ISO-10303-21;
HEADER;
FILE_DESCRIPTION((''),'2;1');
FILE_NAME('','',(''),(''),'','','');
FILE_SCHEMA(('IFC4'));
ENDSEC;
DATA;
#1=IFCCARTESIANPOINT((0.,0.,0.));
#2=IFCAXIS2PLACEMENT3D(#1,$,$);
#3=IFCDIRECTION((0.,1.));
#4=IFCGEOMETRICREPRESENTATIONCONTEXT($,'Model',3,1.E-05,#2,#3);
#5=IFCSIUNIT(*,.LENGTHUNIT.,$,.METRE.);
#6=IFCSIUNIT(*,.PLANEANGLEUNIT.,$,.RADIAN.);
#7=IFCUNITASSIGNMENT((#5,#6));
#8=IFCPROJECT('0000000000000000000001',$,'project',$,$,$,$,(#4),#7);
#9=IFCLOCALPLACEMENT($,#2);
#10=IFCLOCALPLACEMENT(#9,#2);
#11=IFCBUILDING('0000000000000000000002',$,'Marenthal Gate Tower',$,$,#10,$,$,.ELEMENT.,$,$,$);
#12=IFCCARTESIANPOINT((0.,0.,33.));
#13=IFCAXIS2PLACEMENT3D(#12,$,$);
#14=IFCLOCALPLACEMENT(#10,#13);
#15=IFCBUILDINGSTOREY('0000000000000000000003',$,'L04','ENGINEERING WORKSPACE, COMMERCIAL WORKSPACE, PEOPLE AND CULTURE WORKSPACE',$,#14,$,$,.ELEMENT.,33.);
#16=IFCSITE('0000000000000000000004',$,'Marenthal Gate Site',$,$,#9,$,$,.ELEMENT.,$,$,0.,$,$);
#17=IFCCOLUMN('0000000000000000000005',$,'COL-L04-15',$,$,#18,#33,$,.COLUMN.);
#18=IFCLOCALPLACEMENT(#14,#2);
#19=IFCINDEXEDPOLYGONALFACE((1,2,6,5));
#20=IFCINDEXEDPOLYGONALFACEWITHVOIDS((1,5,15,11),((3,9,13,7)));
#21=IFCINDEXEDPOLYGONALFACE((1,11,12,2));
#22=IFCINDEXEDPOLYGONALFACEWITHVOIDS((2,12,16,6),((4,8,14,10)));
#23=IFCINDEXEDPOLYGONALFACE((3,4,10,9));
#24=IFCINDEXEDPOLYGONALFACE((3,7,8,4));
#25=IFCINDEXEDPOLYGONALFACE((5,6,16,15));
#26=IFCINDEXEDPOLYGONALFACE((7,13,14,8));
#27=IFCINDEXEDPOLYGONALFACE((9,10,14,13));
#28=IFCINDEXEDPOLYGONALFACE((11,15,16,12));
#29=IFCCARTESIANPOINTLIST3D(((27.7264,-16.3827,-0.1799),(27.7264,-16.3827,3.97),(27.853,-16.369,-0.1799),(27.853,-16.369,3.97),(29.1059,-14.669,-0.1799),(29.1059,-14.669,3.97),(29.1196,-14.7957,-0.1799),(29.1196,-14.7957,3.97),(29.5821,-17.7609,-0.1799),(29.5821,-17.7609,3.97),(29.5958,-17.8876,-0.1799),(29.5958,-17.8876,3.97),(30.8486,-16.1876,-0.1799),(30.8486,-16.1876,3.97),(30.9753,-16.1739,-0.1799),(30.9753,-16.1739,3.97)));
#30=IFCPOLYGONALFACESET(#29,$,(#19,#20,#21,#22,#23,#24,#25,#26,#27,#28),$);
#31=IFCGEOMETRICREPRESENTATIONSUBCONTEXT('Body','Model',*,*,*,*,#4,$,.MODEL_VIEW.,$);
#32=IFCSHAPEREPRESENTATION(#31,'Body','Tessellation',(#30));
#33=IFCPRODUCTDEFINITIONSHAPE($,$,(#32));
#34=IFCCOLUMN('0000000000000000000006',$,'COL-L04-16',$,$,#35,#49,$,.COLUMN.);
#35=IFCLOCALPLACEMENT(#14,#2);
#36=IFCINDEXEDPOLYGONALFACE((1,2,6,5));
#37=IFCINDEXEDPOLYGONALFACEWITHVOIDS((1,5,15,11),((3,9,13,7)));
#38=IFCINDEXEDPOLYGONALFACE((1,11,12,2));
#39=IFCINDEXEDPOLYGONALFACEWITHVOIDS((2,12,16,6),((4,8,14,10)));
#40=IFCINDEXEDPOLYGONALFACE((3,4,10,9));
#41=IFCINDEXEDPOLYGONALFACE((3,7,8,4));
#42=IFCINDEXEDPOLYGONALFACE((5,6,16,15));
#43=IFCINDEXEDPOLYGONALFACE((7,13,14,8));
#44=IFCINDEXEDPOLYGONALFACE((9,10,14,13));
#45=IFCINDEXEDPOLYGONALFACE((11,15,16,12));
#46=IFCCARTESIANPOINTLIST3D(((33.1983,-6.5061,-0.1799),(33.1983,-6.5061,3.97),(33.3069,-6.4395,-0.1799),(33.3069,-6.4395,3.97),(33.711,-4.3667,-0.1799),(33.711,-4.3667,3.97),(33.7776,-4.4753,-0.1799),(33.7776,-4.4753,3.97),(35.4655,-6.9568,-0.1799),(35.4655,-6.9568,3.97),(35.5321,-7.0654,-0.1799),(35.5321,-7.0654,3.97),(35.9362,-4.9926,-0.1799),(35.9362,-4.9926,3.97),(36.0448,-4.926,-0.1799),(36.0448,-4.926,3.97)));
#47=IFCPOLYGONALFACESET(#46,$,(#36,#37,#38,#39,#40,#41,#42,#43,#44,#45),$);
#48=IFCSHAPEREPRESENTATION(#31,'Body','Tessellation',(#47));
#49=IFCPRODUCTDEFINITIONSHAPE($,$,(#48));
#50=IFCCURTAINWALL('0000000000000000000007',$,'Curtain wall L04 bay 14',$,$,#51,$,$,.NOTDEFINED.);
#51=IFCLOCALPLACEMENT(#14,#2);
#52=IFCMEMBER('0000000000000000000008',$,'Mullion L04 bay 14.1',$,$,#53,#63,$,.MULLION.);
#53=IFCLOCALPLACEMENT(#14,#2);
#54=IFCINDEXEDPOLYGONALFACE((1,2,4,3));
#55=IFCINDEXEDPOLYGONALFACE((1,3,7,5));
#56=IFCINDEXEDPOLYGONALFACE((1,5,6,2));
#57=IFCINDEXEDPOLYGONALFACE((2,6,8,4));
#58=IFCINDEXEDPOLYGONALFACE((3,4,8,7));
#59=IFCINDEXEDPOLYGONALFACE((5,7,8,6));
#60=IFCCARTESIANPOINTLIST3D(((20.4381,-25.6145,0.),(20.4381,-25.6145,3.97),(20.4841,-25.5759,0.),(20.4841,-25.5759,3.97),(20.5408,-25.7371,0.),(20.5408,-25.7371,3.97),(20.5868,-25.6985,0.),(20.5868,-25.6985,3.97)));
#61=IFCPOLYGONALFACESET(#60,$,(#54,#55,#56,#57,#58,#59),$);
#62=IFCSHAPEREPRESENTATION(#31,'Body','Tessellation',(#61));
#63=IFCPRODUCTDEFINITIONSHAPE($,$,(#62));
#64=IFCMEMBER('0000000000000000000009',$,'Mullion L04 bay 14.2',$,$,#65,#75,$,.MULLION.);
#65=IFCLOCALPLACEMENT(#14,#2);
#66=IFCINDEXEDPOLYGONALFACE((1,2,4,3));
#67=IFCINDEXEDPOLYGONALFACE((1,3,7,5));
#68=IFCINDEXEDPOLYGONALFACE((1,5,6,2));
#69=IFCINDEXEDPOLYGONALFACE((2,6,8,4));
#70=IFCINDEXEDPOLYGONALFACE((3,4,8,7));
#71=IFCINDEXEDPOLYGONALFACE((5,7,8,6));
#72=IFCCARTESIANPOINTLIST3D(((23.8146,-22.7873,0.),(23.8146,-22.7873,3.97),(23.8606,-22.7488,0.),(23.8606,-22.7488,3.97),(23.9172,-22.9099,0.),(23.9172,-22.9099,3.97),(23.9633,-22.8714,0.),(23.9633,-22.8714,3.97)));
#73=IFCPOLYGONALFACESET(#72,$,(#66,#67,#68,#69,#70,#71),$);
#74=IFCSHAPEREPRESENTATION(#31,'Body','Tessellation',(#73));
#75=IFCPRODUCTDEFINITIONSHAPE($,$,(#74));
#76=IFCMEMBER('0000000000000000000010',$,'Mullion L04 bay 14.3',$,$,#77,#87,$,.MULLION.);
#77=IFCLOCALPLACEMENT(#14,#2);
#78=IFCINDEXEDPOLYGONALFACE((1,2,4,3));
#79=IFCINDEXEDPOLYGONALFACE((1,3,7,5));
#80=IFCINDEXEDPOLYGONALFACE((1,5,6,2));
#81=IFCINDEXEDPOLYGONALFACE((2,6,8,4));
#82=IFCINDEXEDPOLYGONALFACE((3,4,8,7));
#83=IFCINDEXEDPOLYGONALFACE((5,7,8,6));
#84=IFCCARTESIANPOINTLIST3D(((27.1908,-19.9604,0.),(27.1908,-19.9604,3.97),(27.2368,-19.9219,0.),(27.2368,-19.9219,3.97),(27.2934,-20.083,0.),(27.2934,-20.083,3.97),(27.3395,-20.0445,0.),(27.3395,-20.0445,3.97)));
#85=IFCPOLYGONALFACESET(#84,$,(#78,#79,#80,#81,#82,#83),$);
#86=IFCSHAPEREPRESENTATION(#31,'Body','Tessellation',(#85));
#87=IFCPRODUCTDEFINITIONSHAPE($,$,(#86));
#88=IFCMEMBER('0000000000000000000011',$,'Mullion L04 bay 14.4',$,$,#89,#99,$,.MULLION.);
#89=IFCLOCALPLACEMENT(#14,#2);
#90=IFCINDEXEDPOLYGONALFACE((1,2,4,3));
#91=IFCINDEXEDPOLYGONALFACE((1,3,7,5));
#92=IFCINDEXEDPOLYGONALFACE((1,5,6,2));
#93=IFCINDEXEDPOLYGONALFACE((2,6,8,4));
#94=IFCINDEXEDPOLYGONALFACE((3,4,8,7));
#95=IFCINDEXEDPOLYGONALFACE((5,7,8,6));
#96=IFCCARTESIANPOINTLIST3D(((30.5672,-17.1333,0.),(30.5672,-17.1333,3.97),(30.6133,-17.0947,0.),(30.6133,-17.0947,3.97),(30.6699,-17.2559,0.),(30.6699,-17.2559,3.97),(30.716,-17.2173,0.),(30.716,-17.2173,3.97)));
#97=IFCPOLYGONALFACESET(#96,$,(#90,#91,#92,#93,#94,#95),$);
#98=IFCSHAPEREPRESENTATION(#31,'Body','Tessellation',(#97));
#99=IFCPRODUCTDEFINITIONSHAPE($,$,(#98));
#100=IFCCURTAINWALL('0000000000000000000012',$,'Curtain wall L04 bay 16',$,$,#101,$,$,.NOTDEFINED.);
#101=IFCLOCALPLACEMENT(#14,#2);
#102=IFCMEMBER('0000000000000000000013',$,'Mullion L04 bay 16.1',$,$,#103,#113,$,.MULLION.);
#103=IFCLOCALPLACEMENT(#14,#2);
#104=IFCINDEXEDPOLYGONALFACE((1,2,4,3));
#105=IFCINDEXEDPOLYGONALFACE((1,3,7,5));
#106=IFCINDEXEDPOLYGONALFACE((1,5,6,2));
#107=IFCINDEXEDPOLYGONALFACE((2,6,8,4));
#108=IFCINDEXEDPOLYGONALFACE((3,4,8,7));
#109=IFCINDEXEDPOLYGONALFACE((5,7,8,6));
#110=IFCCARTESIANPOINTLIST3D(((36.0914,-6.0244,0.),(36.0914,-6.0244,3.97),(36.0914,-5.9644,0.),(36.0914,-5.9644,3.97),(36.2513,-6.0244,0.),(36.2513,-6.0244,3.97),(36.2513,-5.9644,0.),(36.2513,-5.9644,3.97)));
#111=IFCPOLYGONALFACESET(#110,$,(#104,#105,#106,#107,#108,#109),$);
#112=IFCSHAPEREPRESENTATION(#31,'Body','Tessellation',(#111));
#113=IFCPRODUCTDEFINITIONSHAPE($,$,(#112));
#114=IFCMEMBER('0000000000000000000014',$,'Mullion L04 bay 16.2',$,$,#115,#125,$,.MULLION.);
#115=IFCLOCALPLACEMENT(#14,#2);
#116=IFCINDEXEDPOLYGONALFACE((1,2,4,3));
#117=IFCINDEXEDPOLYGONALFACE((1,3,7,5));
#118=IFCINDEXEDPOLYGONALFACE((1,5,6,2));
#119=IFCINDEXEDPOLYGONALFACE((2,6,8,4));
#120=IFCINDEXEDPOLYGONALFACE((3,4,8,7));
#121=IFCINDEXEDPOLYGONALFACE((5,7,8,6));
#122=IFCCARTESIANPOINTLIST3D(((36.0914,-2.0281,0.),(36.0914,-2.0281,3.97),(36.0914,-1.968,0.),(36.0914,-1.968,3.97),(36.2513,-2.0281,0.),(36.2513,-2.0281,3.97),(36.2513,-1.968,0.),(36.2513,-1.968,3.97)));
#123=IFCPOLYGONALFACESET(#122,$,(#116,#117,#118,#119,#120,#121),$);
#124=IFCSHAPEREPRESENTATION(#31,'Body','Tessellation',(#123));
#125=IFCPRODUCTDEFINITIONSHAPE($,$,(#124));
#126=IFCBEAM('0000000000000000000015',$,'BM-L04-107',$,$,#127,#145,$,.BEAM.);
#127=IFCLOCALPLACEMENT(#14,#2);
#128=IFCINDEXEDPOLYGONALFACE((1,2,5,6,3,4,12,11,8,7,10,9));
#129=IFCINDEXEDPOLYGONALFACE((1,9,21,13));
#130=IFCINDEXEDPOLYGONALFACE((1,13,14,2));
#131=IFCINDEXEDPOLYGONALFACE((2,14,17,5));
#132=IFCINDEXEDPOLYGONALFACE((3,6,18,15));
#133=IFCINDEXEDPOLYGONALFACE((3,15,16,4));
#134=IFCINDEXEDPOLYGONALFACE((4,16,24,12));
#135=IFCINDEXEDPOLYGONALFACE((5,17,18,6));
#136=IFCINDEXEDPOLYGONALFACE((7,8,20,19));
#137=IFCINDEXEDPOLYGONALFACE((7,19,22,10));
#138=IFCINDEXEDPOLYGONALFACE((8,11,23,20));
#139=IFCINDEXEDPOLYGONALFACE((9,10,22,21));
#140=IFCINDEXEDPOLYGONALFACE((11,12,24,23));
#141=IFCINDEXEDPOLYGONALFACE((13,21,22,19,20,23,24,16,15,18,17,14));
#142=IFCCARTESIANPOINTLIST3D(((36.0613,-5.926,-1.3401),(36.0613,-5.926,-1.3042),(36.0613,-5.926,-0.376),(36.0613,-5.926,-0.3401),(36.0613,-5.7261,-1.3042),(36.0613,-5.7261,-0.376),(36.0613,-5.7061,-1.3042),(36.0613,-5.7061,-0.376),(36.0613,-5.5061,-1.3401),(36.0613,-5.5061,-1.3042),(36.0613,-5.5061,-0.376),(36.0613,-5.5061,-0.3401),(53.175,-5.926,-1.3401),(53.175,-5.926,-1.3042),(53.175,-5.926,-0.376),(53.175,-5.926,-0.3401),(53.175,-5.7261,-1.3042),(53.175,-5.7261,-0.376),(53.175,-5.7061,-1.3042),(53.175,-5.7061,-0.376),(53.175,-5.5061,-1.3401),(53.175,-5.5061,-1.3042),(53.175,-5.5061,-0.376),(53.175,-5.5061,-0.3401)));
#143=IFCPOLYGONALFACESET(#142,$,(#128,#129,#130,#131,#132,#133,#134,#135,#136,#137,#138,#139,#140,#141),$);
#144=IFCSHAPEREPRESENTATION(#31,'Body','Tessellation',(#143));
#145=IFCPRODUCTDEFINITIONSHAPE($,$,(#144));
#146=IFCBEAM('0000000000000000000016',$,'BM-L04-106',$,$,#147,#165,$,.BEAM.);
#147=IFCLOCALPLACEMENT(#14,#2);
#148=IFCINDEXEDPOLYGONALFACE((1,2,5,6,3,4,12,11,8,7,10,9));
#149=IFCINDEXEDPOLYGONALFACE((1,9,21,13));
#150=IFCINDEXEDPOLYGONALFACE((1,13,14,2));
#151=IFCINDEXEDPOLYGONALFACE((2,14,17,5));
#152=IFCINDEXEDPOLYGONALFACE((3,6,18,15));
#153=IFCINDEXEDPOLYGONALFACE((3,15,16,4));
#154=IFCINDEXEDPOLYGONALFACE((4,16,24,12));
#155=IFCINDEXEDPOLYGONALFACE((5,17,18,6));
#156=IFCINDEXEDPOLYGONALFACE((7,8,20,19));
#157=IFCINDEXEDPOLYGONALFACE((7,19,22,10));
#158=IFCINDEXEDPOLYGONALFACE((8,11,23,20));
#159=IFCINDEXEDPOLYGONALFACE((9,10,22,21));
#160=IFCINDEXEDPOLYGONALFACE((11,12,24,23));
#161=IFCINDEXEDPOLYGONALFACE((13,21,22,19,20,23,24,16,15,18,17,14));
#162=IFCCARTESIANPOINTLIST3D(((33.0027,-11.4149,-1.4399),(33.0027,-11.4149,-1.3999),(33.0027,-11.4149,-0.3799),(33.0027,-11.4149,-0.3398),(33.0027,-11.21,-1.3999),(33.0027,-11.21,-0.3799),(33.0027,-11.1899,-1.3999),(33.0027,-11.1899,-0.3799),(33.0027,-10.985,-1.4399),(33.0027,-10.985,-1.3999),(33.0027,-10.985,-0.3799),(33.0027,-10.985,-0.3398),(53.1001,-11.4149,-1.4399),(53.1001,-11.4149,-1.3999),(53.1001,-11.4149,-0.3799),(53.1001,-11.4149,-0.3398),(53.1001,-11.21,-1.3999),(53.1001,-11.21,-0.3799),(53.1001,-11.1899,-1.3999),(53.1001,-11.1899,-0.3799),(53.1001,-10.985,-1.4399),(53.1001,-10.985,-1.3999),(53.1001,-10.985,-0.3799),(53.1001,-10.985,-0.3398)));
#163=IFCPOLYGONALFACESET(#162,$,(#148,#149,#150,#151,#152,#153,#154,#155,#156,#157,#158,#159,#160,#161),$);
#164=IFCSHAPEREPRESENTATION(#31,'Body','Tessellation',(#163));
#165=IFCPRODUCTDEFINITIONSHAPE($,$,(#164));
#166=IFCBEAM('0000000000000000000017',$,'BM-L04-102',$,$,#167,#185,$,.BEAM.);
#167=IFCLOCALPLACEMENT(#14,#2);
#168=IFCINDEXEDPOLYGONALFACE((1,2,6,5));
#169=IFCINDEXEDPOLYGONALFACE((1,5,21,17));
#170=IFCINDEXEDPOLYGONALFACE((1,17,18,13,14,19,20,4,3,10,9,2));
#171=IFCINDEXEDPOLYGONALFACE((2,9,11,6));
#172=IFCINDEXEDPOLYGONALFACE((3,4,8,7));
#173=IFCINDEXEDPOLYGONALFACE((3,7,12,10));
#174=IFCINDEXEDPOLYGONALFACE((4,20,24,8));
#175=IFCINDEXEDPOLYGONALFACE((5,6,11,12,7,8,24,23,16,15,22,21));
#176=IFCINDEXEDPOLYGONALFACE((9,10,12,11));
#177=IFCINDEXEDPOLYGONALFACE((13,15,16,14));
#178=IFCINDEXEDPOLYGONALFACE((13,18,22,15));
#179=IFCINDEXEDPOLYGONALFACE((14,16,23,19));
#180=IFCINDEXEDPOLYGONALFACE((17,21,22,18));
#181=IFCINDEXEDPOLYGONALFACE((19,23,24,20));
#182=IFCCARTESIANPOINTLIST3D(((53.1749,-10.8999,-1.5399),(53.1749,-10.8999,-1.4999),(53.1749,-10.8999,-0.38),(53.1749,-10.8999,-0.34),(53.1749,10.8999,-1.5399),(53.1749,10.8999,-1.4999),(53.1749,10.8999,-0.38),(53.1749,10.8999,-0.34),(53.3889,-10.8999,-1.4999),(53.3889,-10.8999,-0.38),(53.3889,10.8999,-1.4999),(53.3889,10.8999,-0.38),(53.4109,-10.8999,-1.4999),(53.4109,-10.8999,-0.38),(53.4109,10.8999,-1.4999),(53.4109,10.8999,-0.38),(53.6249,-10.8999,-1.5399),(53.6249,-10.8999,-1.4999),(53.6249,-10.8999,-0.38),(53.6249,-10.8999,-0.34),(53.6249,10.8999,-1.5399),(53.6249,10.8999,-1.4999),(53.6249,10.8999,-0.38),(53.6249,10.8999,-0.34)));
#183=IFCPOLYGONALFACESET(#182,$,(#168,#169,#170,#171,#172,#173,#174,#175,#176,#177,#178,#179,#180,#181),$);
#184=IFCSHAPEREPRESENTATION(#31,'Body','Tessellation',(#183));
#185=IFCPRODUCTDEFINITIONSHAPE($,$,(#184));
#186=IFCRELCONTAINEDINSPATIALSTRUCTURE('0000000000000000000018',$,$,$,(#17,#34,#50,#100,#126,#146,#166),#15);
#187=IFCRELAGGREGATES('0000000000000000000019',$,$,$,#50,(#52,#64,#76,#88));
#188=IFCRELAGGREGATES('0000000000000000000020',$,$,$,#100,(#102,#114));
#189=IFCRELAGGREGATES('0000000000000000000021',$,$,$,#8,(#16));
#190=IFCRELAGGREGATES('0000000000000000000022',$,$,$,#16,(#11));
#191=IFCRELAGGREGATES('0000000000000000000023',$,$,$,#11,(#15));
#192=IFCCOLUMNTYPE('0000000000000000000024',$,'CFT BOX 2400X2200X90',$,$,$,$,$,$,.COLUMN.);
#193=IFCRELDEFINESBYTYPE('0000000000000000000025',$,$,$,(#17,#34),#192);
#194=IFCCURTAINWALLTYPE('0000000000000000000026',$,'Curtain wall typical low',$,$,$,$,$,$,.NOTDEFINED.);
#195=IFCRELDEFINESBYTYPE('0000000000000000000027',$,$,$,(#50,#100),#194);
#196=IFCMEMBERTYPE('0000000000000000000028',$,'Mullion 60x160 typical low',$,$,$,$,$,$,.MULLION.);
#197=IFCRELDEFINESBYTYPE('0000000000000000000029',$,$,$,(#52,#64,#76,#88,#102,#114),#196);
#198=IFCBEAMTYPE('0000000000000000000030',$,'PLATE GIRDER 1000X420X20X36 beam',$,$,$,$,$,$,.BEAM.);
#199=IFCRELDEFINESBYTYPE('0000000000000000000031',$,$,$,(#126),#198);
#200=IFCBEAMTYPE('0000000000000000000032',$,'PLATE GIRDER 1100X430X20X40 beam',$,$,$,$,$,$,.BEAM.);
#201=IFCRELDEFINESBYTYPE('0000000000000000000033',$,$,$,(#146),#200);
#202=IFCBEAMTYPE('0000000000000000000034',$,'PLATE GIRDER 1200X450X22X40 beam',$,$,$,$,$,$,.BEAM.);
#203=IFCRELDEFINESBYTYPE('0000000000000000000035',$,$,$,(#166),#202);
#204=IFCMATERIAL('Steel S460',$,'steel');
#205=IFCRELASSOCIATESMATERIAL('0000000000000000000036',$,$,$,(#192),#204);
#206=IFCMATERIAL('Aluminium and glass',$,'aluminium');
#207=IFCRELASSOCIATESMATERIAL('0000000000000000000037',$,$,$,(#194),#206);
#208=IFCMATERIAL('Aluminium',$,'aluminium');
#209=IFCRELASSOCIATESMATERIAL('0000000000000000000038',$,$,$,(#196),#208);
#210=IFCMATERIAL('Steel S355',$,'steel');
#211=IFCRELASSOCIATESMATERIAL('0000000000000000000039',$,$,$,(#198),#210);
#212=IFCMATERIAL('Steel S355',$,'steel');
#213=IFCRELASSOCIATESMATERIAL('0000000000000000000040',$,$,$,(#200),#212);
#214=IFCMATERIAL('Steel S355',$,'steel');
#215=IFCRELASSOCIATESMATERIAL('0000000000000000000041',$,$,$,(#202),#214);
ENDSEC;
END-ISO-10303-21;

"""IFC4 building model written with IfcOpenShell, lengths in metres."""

from ifc_helpers import new_model, si_unit, direction, frame, origin, origin_2d, place, context, subcontext, project, spatial, rectangle, hollow_rectangle, i_section, extrude, material, material_profile, profile_set, type_object, element, aggregate, save


model = new_model("IFC4")

# Units and contexts
model_context = context("Model", 3, precision=1e-05, world=origin(), true_north=direction((0.0, 1.0)))
body_context = subcontext(model_context, "Body", "Model", "MODEL_VIEW")
ifc_project = project(units=[si_unit("LENGTHUNIT", "METRE"), si_unit("PLANEANGLEUNIT", "RADIAN")], contexts=[model_context])

# Site, building, storey
site_placement = place(None, origin())
site = spatial("IfcSite", under=ifc_project, at=site_placement, Name="Marenthal Gate Site", CompositionType="ELEMENT", RefElevation=0.0)
building_placement = place(site_placement, origin())
building = spatial("IfcBuilding", under=site, at=building_placement, Name="Marenthal Gate Tower", CompositionType="ELEMENT")
storey_placement = place(building_placement, frame((0.0, 0.0, 33.0)))
storey = spatial("IfcBuildingStorey", under=building, at=storey_placement, Name="L04", Description="ENGINEERING WORKSPACE, COMMERCIAL WORKSPACE, PEOPLE AND CULTURE WORKSPACE", CompositionType="ELEMENT", Elevation=33.0)

# Columns
ifc_material_1 = material(Name="Steel S460", Category="steel")
ifc_material_profile_1 = material_profile(ifc_material_1, hollow_rectangle(XDim=2.2, YDim=2.3999, WallThickness=0.0901, at=origin_2d()), Name="CFT BOX 2400X2200X90")
ifc_material_2 = material(Name="Concrete 70 MPa", Category="concrete")
ifc_material_profile_2 = material_profile(ifc_material_2, rectangle(XDim=2.02, YDim=2.22, at=origin_2d()), Name="CFT BOX 2400X2200X90 INFILL")
ifc_profile_set_1 = profile_set([ifc_material_profile_1, ifc_material_profile_2], Name="Steel S460 shell, Concrete 70 MPa infill")
column_type = type_object("IfcColumnType", Name="CFT BOX 2400X2200X90", PredefinedType="COLUMN", material=ifc_profile_set_1)
for number, where, z_axis, x_axis, name in (
    (1, (29.3508, -16.2783, -0.1799), (0.0, 0.0, 1.0), (-0.62707, -0.778963, 0.0), "COL-L04-15"),
    (2, (34.6216, -5.7161, -0.1799), (0.0, 0.0, 1.0), (-0.233047, -0.972466, 0.0), "COL-L04-16"),
):
    element("IfcColumn", number, at=place(storey_placement, frame(where, z_axis=z_axis, x_axis=x_axis)), inside=storey, type_object=column_type, Name=name, PredefinedType="COLUMN", context=body_context, shape_type="SweptSolid", body=[
        extrude(hollow_rectangle(XDim=2.2, YDim=2.3999, WallThickness=0.0901, at=origin_2d()), origin(), (0.0, 0.0, 1.0), 4.1499),
    ])

# Curtain walls, members
ifc_material_3 = material(Name="Aluminium and glass", Category="aluminium")
curtain_wall_type = type_object("IfcCurtainWallType", Name="Curtain wall typical low", PredefinedType="NOTDEFINED", material=ifc_material_3)
curtain_wall_1_placement = place(storey_placement, origin())
curtain_wall_1 = element("IfcCurtainWall", 3, at=curtain_wall_1_placement, inside=storey, type_object=curtain_wall_type, Name="Curtain wall L04 bay 14", PredefinedType="NOTDEFINED")
ifc_material_4 = material(Name="Aluminium", Category="aluminium")
ifc_material_profile_3 = material_profile(ifc_material_4, rectangle(XDim=0.1599, YDim=0.0601, at=origin_2d()), Name="60x160 aluminium mullion")
ifc_profile_set_2 = profile_set([ifc_material_profile_3], Name="Aluminium")
member_type_1 = type_object("IfcMemberType", Name="Mullion 60x160 typical low", PredefinedType="MULLION", material=ifc_profile_set_2)
member_1_placement = place(storey_placement, frame((20.5125, -25.6565, 0.0), z_axis=(0.0, 0.0, 1.0), x_axis=(-0.641982, 0.76672, 0.0)))
member_1 = element("IfcMember", 4, at=member_1_placement, type_object=member_type_1, Name="Mullion L04 bay 14.1", PredefinedType="MULLION", context=body_context, shape_type="SweptSolid", body=[
    extrude(rectangle(XDim=0.1599, YDim=0.0601, at=origin_2d()), origin(), (0.0, 0.0, 1.0), 3.97),
])
member_2_placement = place(storey_placement, frame((23.8889, -22.8293, 0.0), z_axis=(0.0, 0.0, 1.0), x_axis=(-0.641982, 0.76672, 0.0)))
member_2 = element("IfcMember", 5, at=member_2_placement, type_object=member_type_1, Name="Mullion L04 bay 14.2", PredefinedType="MULLION", context=body_context, shape_type="SweptSolid", body=[
    extrude(rectangle(XDim=0.1599, YDim=0.0601, at=origin_2d()), origin(), (0.0, 0.0, 1.0), 3.97),
])
member_3_placement = place(storey_placement, frame((27.2651, -20.0024, 0.0), z_axis=(0.0, 0.0, 1.0), x_axis=(-0.641982, 0.76672, 0.0)))
member_3 = element("IfcMember", 6, at=member_3_placement, type_object=member_type_1, Name="Mullion L04 bay 14.3", PredefinedType="MULLION", context=body_context, shape_type="SweptSolid", body=[
    extrude(rectangle(XDim=0.1599, YDim=0.0601, at=origin_2d()), origin(), (0.0, 0.0, 1.0), 3.97),
])
member_4_placement = place(storey_placement, frame((30.6416, -17.1753, 0.0), z_axis=(0.0, 0.0, 1.0), x_axis=(-0.641982, 0.76672, 0.0)))
member_4 = element("IfcMember", 7, at=member_4_placement, type_object=member_type_1, Name="Mullion L04 bay 14.4", PredefinedType="MULLION", context=body_context, shape_type="SweptSolid", body=[
    extrude(rectangle(XDim=0.1599, YDim=0.0601, at=origin_2d()), origin(), (0.0, 0.0, 1.0), 3.97),
])
curtain_wall_2_placement = place(storey_placement, origin())
curtain_wall_2 = element("IfcCurtainWall", 8, at=curtain_wall_2_placement, inside=storey, type_object=curtain_wall_type, Name="Curtain wall L04 bay 16", PredefinedType="NOTDEFINED")
member_5_placement = place(storey_placement, frame((36.1714, -5.9944, 0.0), z_axis=(0.0, 0.0, 1.0), x_axis=(-1.0, 0.0, 0.0)))
member_5 = element("IfcMember", 9, at=member_5_placement, type_object=member_type_1, Name="Mullion L04 bay 16.1", PredefinedType="MULLION", context=body_context, shape_type="SweptSolid", body=[
    extrude(rectangle(XDim=0.1599, YDim=0.0601, at=origin_2d()), origin(), (0.0, 0.0, 1.0), 3.97),
])
member_6_placement = place(storey_placement, frame((36.1714, -1.998, 0.0), z_axis=(0.0, 0.0, 1.0), x_axis=(-1.0, 0.0, 0.0)))
member_6 = element("IfcMember", 10, at=member_6_placement, type_object=member_type_1, Name="Mullion L04 bay 16.2", PredefinedType="MULLION", context=body_context, shape_type="SweptSolid", body=[
    extrude(rectangle(XDim=0.1599, YDim=0.0601, at=origin_2d()), origin(), (0.0, 0.0, 1.0), 3.97),
])

# Beams
ifc_material_5 = material(Name="Steel S355", Category="steel")
ifc_material_profile_4 = material_profile(ifc_material_5, i_section(OverallWidth=0.4199, OverallDepth=1.0, WebThickness=0.02, FlangeThickness=0.0359, at=origin_2d()), Name="PLATE GIRDER 1000X420X20X36")
ifc_profile_set_3 = profile_set([ifc_material_profile_4], Name="Steel S355")
beam_type_1 = type_object("IfcBeamType", Name="PLATE GIRDER 1000X420X20X36 beam", PredefinedType="BEAM", material=ifc_profile_set_3)
beam_1_placement = place(storey_placement, frame((36.0613, -5.7161, -0.8401), z_axis=(1.0, 0.0, 0.0), x_axis=(0.0, 1.0, 0.0)))
element("IfcBeam", 11, at=beam_1_placement, inside=storey, type_object=beam_type_1, Name="BM-L04-107", PredefinedType="BEAM", context=body_context, shape_type="SweptSolid", body=[
    extrude(i_section(OverallWidth=0.4199, OverallDepth=1.0, WebThickness=0.02, FlangeThickness=0.0359, at=origin_2d()), origin(), (0.0, 0.0, 1.0), 17.1138),
])
ifc_material_6 = material(Name="Steel S355", Category="steel")
ifc_material_profile_5 = material_profile(ifc_material_6, i_section(OverallWidth=0.4299, OverallDepth=1.1001, WebThickness=0.02, FlangeThickness=0.04, at=origin_2d()), Name="PLATE GIRDER 1100X430X20X40")
ifc_profile_set_4 = profile_set([ifc_material_profile_5], Name="Steel S355")
beam_type_2 = type_object("IfcBeamType", Name="PLATE GIRDER 1100X430X20X40 beam", PredefinedType="BEAM", material=ifc_profile_set_4)
beam_2_placement = place(storey_placement, frame((33.0027, -11.2, -0.8899), z_axis=(1.0, 0.0, 0.0), x_axis=(0.0, 1.0, 0.0)))
element("IfcBeam", 12, at=beam_2_placement, inside=storey, type_object=beam_type_2, Name="BM-L04-106", PredefinedType="BEAM", context=body_context, shape_type="SweptSolid", body=[
    extrude(i_section(OverallWidth=0.4299, OverallDepth=1.1001, WebThickness=0.02, FlangeThickness=0.04, at=origin_2d()), origin(), (0.0, 0.0, 1.0), 20.0974),
])
ifc_material_7 = material(Name="Steel S355", Category="steel")
ifc_material_profile_6 = material_profile(ifc_material_7, i_section(OverallWidth=0.45, OverallDepth=1.2, WebThickness=0.022, FlangeThickness=0.04, at=origin_2d()), Name="PLATE GIRDER 1200X450X22X40")
ifc_profile_set_5 = profile_set([ifc_material_profile_6], Name="Steel S355")
beam_type_3 = type_object("IfcBeamType", Name="PLATE GIRDER 1200X450X22X40 beam", PredefinedType="BEAM", material=ifc_profile_set_5)
beam_3_placement = place(storey_placement, frame((53.3999, -10.8999, -0.9399), z_axis=(0.0, 1.0, 0.0), x_axis=(-1.0, 0.0, 0.0)))
element("IfcBeam", 13, at=beam_3_placement, inside=storey, type_object=beam_type_3, Name="BM-L04-102", PredefinedType="BEAM", context=body_context, shape_type="SweptSolid", body=[
    extrude(i_section(OverallWidth=0.45, OverallDepth=1.2, WebThickness=0.022, FlangeThickness=0.04, at=origin_2d()), origin(), (0.0, 0.0, 1.0), 21.7998),
])

aggregate(curtain_wall_1, [member_1, member_2, member_3, member_4])
aggregate(curtain_wall_2, [member_5, member_6])

save(model, "model.ifc")
